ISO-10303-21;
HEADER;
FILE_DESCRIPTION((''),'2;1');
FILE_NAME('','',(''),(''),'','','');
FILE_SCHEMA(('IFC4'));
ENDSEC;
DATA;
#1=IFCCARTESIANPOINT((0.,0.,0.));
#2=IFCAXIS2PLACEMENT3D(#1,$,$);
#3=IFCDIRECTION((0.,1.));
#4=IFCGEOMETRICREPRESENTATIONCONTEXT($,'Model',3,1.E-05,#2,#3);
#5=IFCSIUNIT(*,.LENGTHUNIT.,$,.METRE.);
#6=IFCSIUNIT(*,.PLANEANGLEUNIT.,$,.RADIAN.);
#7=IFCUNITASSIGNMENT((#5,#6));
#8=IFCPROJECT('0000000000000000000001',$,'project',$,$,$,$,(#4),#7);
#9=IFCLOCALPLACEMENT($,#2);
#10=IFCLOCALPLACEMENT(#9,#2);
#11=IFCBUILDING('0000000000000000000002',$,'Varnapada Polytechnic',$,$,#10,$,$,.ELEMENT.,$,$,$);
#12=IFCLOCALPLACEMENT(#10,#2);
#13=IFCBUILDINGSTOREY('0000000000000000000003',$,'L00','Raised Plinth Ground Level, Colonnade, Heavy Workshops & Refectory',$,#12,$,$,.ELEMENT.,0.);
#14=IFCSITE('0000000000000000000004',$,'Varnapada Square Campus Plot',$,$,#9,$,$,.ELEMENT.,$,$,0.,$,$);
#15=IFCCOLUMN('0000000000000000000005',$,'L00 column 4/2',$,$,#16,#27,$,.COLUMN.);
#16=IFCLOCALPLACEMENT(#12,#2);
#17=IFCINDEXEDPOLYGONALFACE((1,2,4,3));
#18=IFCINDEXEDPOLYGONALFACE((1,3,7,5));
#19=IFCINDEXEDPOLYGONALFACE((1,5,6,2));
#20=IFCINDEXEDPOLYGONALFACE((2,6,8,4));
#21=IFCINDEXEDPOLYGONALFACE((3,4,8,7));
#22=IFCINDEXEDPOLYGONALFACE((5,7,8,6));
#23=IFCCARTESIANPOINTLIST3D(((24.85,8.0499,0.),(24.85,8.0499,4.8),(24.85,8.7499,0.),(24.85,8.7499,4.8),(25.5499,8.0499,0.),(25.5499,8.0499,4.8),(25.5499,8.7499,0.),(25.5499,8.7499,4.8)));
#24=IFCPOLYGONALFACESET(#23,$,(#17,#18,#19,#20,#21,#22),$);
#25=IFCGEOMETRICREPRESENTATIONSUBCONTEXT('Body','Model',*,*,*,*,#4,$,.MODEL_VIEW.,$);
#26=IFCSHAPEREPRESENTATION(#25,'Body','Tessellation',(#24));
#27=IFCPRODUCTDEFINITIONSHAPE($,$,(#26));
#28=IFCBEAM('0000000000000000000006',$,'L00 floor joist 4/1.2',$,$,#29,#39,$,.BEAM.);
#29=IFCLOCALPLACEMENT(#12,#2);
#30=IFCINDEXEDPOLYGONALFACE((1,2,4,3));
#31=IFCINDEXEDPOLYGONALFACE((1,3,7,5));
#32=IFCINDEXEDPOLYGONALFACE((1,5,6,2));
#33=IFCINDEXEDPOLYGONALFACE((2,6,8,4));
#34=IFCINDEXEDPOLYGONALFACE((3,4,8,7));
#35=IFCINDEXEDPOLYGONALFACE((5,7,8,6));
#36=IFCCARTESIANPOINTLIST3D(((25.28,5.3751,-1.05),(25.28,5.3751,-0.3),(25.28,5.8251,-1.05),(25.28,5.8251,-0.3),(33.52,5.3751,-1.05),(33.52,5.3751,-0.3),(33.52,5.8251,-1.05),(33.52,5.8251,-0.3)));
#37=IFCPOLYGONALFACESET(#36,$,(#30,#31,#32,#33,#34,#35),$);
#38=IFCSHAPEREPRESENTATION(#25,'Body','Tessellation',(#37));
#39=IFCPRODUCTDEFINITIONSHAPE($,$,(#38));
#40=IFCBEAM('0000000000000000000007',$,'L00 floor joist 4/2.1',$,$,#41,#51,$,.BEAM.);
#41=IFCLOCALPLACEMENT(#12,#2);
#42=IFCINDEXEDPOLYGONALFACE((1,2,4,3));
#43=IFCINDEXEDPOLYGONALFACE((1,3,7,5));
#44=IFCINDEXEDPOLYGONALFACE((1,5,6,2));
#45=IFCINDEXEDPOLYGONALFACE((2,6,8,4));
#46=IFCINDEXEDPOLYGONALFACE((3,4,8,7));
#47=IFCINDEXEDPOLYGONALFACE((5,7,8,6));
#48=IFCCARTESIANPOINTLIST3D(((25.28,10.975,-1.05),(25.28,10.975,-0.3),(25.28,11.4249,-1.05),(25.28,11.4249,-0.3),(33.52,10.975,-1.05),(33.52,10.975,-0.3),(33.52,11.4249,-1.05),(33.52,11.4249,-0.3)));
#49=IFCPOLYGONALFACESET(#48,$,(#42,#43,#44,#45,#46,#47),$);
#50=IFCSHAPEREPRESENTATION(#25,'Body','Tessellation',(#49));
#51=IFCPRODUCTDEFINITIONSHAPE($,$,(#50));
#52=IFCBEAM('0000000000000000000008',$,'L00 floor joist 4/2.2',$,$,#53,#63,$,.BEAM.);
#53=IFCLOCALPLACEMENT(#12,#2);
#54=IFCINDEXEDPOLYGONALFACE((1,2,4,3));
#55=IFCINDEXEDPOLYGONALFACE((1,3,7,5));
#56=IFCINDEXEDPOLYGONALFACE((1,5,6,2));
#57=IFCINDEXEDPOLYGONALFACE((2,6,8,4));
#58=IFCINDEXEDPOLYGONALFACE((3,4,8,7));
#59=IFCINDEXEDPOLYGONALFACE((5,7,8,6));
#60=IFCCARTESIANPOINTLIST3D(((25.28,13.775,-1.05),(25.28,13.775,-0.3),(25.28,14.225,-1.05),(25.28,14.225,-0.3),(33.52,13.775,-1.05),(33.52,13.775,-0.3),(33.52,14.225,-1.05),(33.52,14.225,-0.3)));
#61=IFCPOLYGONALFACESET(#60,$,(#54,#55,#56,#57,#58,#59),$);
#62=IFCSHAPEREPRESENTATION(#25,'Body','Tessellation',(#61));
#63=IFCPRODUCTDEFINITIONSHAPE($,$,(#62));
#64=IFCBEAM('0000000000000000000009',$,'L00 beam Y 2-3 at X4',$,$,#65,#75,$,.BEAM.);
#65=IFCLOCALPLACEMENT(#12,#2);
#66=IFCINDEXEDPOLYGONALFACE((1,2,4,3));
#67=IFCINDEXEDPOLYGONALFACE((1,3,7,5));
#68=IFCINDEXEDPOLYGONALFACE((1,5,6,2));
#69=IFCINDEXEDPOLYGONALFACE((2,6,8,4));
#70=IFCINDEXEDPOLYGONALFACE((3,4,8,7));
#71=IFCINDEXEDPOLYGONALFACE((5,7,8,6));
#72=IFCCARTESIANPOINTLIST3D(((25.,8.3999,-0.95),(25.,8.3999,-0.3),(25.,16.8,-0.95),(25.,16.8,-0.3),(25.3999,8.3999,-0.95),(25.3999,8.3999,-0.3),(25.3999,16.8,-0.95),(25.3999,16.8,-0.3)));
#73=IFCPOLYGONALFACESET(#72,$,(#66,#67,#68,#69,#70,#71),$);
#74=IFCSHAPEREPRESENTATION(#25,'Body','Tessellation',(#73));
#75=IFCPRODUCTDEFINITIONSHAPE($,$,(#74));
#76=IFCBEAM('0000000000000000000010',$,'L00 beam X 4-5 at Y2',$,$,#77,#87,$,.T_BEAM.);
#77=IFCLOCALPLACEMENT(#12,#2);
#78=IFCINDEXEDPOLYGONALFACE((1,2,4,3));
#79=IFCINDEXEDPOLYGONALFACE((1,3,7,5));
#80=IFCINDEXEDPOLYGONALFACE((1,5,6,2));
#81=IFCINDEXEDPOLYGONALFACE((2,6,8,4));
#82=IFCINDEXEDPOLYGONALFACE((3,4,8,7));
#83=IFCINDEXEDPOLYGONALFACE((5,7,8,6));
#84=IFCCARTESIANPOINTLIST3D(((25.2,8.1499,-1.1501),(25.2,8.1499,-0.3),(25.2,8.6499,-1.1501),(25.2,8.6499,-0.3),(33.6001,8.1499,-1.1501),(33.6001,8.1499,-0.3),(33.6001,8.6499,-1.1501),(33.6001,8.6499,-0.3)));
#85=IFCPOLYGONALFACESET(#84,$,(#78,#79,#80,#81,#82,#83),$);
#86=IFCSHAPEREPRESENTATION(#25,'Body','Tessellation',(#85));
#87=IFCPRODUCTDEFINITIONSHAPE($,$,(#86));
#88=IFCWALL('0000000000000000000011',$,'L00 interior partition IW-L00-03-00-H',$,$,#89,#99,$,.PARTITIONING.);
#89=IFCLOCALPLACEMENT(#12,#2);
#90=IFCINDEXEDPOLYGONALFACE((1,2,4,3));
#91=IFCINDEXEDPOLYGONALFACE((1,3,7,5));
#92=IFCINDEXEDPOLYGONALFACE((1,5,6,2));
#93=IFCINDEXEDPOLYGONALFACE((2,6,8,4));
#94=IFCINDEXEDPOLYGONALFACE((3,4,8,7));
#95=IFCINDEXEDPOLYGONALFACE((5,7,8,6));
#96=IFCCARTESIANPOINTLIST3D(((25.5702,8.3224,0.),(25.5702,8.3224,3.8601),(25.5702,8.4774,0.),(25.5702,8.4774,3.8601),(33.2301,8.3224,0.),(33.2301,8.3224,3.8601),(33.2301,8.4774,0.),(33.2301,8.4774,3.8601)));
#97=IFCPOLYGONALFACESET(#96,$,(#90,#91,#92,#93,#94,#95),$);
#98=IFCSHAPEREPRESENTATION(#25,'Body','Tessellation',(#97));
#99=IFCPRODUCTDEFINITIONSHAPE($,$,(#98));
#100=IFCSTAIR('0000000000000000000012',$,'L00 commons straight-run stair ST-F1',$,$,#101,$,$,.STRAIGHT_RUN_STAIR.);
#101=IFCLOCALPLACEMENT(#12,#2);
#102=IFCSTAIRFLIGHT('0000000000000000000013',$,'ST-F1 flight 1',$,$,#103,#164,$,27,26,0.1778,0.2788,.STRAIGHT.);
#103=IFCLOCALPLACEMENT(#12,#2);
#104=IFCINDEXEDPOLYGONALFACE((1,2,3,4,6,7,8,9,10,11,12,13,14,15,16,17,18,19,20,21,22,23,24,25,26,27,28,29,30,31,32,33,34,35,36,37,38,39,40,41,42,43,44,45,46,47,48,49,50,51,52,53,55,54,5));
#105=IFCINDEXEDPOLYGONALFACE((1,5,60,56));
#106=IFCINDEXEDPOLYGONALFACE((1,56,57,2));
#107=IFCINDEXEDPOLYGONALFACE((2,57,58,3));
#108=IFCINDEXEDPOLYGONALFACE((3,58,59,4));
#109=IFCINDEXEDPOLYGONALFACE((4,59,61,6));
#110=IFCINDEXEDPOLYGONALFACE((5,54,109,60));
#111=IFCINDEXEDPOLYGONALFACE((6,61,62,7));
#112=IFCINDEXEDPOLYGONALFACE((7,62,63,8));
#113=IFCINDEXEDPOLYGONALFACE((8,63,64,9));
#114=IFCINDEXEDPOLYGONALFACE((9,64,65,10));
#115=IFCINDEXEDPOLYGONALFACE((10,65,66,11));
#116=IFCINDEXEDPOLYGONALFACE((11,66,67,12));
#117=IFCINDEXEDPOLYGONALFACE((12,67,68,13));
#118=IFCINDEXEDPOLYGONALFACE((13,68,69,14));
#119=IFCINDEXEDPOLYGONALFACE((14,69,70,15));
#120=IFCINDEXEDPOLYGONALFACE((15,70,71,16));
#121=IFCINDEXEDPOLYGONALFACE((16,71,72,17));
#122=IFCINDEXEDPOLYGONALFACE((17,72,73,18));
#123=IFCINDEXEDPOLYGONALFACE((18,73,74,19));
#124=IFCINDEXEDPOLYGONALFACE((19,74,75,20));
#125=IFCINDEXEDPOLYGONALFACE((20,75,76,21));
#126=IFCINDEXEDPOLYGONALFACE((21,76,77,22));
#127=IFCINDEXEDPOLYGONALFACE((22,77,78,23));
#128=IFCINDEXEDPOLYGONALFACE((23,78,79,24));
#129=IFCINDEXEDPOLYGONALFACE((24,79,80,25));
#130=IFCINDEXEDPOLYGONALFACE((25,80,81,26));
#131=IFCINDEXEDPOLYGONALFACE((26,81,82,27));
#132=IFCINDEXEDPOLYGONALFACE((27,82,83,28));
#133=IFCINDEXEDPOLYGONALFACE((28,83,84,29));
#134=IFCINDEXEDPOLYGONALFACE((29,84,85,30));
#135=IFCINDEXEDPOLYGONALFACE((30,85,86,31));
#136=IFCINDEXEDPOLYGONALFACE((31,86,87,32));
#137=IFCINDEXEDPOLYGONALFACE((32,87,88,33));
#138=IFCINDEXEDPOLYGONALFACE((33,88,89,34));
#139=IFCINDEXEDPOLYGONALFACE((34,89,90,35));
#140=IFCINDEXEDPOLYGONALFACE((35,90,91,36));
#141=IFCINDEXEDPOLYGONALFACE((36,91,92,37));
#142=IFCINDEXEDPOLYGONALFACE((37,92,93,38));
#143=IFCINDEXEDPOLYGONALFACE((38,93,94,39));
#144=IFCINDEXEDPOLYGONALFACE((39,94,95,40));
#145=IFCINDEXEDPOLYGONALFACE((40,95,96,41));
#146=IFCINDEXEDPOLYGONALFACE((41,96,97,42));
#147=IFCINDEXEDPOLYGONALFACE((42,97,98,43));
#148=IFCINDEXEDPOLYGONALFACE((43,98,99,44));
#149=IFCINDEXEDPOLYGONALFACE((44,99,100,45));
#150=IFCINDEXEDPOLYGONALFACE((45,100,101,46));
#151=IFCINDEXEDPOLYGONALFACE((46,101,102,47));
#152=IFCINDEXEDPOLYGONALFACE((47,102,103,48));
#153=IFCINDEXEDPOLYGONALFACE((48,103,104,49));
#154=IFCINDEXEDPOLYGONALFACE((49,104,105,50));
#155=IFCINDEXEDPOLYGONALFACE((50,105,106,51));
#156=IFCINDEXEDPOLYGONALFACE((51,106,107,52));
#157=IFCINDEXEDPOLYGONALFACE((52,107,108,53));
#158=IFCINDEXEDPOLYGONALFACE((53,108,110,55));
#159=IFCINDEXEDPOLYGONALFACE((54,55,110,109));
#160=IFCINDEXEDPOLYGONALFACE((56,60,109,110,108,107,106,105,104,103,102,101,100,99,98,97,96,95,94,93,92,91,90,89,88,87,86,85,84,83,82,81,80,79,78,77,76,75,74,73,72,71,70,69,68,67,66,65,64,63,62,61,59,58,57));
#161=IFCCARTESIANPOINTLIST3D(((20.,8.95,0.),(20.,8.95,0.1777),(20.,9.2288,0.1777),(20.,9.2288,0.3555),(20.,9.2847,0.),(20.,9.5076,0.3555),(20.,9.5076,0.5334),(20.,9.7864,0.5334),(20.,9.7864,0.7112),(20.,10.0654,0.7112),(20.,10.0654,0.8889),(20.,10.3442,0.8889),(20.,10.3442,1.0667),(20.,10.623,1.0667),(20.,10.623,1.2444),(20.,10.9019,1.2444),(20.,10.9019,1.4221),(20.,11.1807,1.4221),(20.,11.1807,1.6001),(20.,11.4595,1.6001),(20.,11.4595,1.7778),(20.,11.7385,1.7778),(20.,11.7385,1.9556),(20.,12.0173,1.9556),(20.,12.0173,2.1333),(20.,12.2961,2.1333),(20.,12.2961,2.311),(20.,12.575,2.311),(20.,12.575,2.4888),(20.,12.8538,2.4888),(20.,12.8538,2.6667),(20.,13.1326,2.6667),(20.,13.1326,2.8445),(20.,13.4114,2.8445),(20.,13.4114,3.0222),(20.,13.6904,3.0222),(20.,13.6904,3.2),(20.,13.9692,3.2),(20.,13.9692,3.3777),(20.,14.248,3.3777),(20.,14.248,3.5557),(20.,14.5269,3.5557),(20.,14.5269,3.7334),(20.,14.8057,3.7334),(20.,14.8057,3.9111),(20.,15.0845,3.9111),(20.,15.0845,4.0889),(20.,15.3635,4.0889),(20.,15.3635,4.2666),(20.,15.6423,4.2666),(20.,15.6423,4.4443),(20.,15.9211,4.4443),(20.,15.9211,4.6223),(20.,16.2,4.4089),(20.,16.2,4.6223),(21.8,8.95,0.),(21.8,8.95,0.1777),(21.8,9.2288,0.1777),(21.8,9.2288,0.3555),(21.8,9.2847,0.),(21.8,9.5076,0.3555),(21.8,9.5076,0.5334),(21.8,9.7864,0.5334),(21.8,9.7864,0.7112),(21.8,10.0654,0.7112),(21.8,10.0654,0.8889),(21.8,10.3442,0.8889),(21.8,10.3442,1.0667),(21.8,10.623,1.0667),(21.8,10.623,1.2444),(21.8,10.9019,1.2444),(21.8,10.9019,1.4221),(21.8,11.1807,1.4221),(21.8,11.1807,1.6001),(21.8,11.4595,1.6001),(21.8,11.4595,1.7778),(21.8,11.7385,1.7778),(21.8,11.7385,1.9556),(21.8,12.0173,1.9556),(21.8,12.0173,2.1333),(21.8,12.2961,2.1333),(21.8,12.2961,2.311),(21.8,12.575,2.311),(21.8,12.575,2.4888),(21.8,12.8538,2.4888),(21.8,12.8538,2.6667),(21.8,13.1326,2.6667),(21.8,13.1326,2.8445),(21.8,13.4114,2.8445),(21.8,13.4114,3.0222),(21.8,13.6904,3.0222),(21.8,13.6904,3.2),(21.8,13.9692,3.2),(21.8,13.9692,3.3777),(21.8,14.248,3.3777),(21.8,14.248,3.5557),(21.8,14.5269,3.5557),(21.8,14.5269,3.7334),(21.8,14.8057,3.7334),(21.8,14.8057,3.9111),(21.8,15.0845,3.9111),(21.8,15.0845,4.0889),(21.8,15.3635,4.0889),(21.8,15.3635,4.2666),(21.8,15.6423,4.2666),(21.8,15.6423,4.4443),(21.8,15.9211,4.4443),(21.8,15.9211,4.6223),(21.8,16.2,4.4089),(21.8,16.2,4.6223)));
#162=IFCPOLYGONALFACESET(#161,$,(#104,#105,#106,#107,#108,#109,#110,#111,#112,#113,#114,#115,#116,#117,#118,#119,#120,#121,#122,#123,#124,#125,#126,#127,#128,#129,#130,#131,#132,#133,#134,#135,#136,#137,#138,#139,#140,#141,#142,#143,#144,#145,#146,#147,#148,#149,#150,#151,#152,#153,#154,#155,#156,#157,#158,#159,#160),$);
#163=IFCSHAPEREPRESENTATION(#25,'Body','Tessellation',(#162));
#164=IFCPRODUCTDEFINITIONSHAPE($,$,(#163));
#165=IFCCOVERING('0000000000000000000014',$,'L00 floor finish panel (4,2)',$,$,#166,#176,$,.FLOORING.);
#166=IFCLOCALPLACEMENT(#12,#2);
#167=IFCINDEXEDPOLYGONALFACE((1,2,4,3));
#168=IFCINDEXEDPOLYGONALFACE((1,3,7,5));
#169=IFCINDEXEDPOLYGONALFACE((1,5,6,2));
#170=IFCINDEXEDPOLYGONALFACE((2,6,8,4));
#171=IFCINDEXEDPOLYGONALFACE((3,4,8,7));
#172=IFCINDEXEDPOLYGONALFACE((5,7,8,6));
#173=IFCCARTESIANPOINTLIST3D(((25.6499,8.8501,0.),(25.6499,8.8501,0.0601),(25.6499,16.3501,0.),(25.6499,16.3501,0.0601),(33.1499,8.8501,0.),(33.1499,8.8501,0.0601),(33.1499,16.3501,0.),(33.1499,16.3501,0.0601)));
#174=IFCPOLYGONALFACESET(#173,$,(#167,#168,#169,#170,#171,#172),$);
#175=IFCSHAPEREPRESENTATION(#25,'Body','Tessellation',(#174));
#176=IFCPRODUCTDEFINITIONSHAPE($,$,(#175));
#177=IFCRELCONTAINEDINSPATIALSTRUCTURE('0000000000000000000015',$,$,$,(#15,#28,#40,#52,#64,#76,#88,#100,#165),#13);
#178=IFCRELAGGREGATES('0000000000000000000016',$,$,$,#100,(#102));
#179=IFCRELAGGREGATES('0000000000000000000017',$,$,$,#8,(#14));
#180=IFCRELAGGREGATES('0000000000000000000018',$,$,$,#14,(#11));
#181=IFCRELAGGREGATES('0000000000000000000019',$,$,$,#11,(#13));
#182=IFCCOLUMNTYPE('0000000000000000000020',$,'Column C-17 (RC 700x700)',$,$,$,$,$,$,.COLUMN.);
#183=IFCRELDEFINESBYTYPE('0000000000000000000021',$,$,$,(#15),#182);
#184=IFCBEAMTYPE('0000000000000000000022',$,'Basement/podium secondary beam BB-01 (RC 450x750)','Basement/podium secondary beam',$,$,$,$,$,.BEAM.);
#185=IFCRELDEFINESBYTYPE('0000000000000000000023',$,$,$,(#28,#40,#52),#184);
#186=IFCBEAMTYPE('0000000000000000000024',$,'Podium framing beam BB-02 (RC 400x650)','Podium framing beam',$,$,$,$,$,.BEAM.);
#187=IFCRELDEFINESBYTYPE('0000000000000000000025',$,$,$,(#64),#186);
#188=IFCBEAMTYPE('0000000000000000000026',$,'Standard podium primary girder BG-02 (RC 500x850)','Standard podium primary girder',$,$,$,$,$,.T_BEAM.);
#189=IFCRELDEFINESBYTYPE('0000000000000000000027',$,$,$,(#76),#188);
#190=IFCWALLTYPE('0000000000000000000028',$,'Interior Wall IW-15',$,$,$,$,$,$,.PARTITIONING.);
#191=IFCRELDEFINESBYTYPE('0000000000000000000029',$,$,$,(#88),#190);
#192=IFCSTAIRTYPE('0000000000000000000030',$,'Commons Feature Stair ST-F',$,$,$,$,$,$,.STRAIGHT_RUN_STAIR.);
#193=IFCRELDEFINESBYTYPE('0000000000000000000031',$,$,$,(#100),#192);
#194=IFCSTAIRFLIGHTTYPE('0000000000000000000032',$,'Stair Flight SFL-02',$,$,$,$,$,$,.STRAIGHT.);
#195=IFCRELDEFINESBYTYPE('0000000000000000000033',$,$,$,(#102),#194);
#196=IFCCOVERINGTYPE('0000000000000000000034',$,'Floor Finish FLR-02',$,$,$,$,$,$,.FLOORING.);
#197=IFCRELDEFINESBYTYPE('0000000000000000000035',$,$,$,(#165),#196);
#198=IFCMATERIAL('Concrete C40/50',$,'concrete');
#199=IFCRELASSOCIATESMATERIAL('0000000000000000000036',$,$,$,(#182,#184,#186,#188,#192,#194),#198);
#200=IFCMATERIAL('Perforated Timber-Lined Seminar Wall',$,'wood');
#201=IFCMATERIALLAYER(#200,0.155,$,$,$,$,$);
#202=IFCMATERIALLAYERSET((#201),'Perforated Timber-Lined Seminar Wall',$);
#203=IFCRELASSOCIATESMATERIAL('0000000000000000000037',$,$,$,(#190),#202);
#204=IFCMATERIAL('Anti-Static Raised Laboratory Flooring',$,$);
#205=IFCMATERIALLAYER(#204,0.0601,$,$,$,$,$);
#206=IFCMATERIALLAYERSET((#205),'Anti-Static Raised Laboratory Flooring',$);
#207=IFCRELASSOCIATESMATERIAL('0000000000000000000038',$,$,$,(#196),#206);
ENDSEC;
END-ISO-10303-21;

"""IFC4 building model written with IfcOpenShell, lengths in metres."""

from ifc_helpers import new_model, si_unit, direction, frame, frame_2d, origin, origin_2d, place, context, subcontext, project, spatial, polyline, rectangle, outline, extrude, material, layer, layer_set, material_profile, profile_set, type_object, element, aggregate, save


model = new_model("IFC4")

# Units and contexts
model_context = context("Model", 3, precision=1e-05, world=origin(), true_north=direction((0.0, 1.0)))
body_context = subcontext(model_context, "Body", "Model", "MODEL_VIEW")
ifc_project = project(units=[si_unit("LENGTHUNIT", "METRE"), si_unit("PLANEANGLEUNIT", "RADIAN")], contexts=[model_context])

# Site, building, storey
site_placement = place(None, origin())
site = spatial("IfcSite", under=ifc_project, at=site_placement, Name="Varnapada Square Campus Plot", CompositionType="ELEMENT", RefElevation=0.0)
building_placement = place(site_placement, origin())
building = spatial("IfcBuilding", under=site, at=building_placement, Name="Varnapada Polytechnic", CompositionType="ELEMENT")
storey_placement = place(building_placement, origin())
storey = spatial("IfcBuildingStorey", under=building, at=storey_placement, Name="L00", Description="Raised Plinth Ground Level, Colonnade, Heavy Workshops & Refectory", CompositionType="ELEMENT", Elevation=0.0)

# Column
ifc_material_1 = material(Name="Concrete C40/50", Category="concrete")
ifc_material_profile_1 = material_profile(ifc_material_1, rectangle(XDim=0.7, YDim=0.7, at=origin_2d()), Name="RC 700x700")
ifc_profile_set_1 = profile_set([ifc_material_profile_1], Name="Concrete C40/50")
column_type = type_object("IfcColumnType", Name="Column C-17 (RC 700x700)", PredefinedType="COLUMN", material=ifc_profile_set_1)
column_placement = place(storey_placement, frame((25.2, 8.3999, 0.0), z_axis=(0.0, 0.0, 1.0), x_axis=(1.0, 0.0, 0.0)))
element("IfcColumn", 1, at=column_placement, inside=storey, type_object=column_type, Name="L00 column 4/2", PredefinedType="COLUMN", context=body_context, shape_type="SweptSolid", body=[
    extrude(rectangle(XDim=0.7, YDim=0.7, at=origin_2d()), origin(), (0.0, 0.0, 1.0), 4.8),
])

# Beams
ifc_material_profile_2 = material_profile(ifc_material_1, rectangle(XDim=0.45, YDim=0.75, at=origin_2d()), Name="RC 450x750")
ifc_profile_set_2 = profile_set([ifc_material_profile_2], Name="Concrete C40/50")
beam_type_1 = type_object("IfcBeamType", Name="Basement/podium secondary beam BB-01 (RC 450x750)", Description="Basement/podium secondary beam", PredefinedType="BEAM", material=ifc_profile_set_2)
for number, where, z_axis, x_axis, name in (
    (2, (25.28, 5.6001, -0.675), (1.0, 0.0, 0.0), (0.0, 1.0, 0.0), "L00 floor joist 4/1.2"),
    (3, (25.28, 11.2, -0.675), (1.0, 0.0, 0.0), (0.0, 1.0, 0.0), "L00 floor joist 4/2.1"),
    (4, (25.28, 14.0, -0.675), (1.0, 0.0, 0.0), (0.0, 1.0, 0.0), "L00 floor joist 4/2.2"),
):
    element("IfcBeam", number, at=place(storey_placement, frame(where, z_axis=z_axis, x_axis=x_axis)), inside=storey, type_object=beam_type_1, Name=name, PredefinedType="BEAM", context=body_context, shape_type="SweptSolid", body=[
        extrude(rectangle(XDim=0.45, YDim=0.75, at=origin_2d()), origin(), (0.0, 0.0, 1.0), 8.24),
    ])
ifc_material_profile_3 = material_profile(ifc_material_1, rectangle(XDim=0.3999, YDim=0.6499, at=origin_2d()), Name="RC 400x650")
ifc_profile_set_3 = profile_set([ifc_material_profile_3], Name="Concrete C40/50")
beam_type_2 = type_object("IfcBeamType", Name="Podium framing beam BB-02 (RC 400x650)", Description="Podium framing beam", PredefinedType="BEAM", material=ifc_profile_set_3)
beam_1_placement = place(storey_placement, frame((25.2, 8.3999, -0.625), z_axis=(0.0, 1.0, 0.0), x_axis=(-1.0, 0.0, 0.0)))
element("IfcBeam", 5, at=beam_1_placement, inside=storey, type_object=beam_type_2, Name="L00 beam Y 2-3 at X4", PredefinedType="BEAM", context=body_context, shape_type="SweptSolid", body=[
    extrude(rectangle(XDim=0.3999, YDim=0.6499, at=origin_2d()), origin(), (0.0, 0.0, 1.0), 8.4001),
])
ifc_material_profile_4 = material_profile(ifc_material_1, rectangle(XDim=0.5, YDim=0.8501, at=origin_2d()), Name="RC 500x850")
ifc_profile_set_4 = profile_set([ifc_material_profile_4], Name="Concrete C40/50")
beam_type_3 = type_object("IfcBeamType", Name="Standard podium primary girder BG-02 (RC 500x850)", Description="Standard podium primary girder", PredefinedType="T_BEAM", material=ifc_profile_set_4)
beam_2_placement = place(storey_placement, frame((25.2, 8.3999, -0.7251), z_axis=(1.0, 0.0, 0.0), x_axis=(0.0, 1.0, 0.0)))
element("IfcBeam", 6, at=beam_2_placement, inside=storey, type_object=beam_type_3, Name="L00 beam X 4-5 at Y2", PredefinedType="T_BEAM", context=body_context, shape_type="SweptSolid", body=[
    extrude(rectangle(XDim=0.5, YDim=0.8501, at=origin_2d()), origin(), (0.0, 0.0, 1.0), 8.4001),
])

# Wall
ifc_material_2 = material(Name="Perforated Timber-Lined Seminar Wall", Category="wood")
ifc_layer_1 = layer(ifc_material_2, 0.155)
ifc_layer_set_1 = layer_set([ifc_layer_1], Name="Perforated Timber-Lined Seminar Wall")
wall_type = type_object("IfcWallType", Name="Interior Wall IW-15", PredefinedType="PARTITIONING", material=ifc_layer_set_1)
wall_placement = place(storey_placement, frame((25.5701, 8.3999, 0.0), z_axis=(0.0, 0.0, 1.0), x_axis=(1.0, 0.0, 0.0)))
element("IfcWall", 7, at=wall_placement, inside=storey, type_object=wall_type, Name="L00 interior partition IW-L00-03-00-H", PredefinedType="PARTITIONING", context=body_context, shape_type="SweptSolid", body=[
    extrude(rectangle(XDim=7.6599, YDim=0.155, at=frame_2d((3.8301, 0.0))), origin(), (0.0, 0.0, 1.0), 3.8601),
])

# Stair, stair flight
stair_type = type_object("IfcStairType", Name="Commons Feature Stair ST-F", PredefinedType="STRAIGHT_RUN_STAIR", material=ifc_material_1)
stair_placement = place(storey_placement, origin())
stair = element("IfcStair", 8, at=stair_placement, inside=storey, type_object=stair_type, Name="L00 commons straight-run stair ST-F1", PredefinedType="STRAIGHT_RUN_STAIR")
stair_flight_type = type_object("IfcStairFlightType", Name="Stair Flight SFL-02", PredefinedType="STRAIGHT", material=ifc_material_1)
stair_flight_placement = place(storey_placement, frame((20.8999, 8.95, 0.0), z_axis=(0.0, 0.0, 1.0), x_axis=(0.0, 1.0, 0.0)))
stair_flight = element("IfcStairFlight", 9, at=stair_flight_placement, type_object=stair_flight_type, Name="ST-F1 flight 1", NumberOfRisers=27, NumberOfTreads=26, PredefinedType="STRAIGHT", RiserHeight=0.1778, TreadLength=0.2788, context=body_context, shape_type="SweptSolid", body=[
    extrude(outline(polyline([(0.0, 0.0), (0.0, 0.1777), (0.2788, 0.1777), (0.2788, 0.3555), (0.5576, 0.3555), (0.5576, 0.5334), (0.8364, 0.5334), (0.8364, 0.7112), (1.1155, 0.7112), (1.1155, 0.8889), (1.3943, 0.8889), (1.3943, 1.0667), (1.6731, 1.0667), (1.6731, 1.2444), (1.9519, 1.2444), (1.9519, 1.4221), (2.2307, 1.4221), (2.2307, 1.6001), (2.5095, 1.6001), (2.5095, 1.7778), (2.7886, 1.7778), (2.7886, 1.9556), (3.0674, 1.9556), (3.0674, 2.1333), (3.3462, 2.1333), (3.3462, 2.311), (3.625, 2.311), (3.625, 2.4888), (3.9038, 2.4888), (3.9038, 2.6667), (4.1826, 2.6667), (4.1826, 2.8445), (4.4614, 2.8445), (4.4614, 3.0222), (4.7405, 3.0222), (4.7405, 3.2), (5.0193, 3.2), (5.0193, 3.3777), (5.2981, 3.3777), (5.2981, 3.5557), (5.5769, 3.5557), (5.5769, 3.7334), (5.8557, 3.7334), (5.8557, 3.9111), (6.1345, 3.9111), (6.1345, 4.0889), (6.4136, 4.0889), (6.4136, 4.2666), (6.6924, 4.2666), (6.6924, 4.4443), (6.9712, 4.4443), (6.9712, 4.6223), (7.25, 4.6223), (7.25, 4.8), (7.25, 4.4089), (0.3347, 0.0), (0.0, 0.0)])), frame((0.0, 0.8999, 0.0), z_axis=(0.0, -1.0, 0.0), x_axis=(1.0, 0.0, 0.0)), (0.0, 0.0, 1.0), 1.8),
])
aggregate(stair, [stair_flight])

# Covering
ifc_material_3 = material(Name="Anti-Static Raised Laboratory Flooring")
ifc_layer_2 = layer(ifc_material_3, 0.0601)
ifc_layer_set_2 = layer_set([ifc_layer_2], Name="Anti-Static Raised Laboratory Flooring")
covering_type_1 = type_object("IfcCoveringType", Name="Floor Finish FLR-02", PredefinedType="FLOORING", material=ifc_layer_set_2)
covering_1_placement = place(storey_placement, frame((29.3999, 12.6001, 0.0), z_axis=(0.0, 0.0, 1.0), x_axis=(1.0, 0.0, 0.0)))
element("IfcCovering", 10, at=covering_1_placement, inside=storey, type_object=covering_type_1, Name="L00 floor finish panel (4,2)", PredefinedType="FLOORING", context=body_context, shape_type="SweptSolid", body=[
    extrude(rectangle(XDim=7.5, YDim=7.5, at=origin_2d()), origin(), (0.0, 0.0, 1.0), 0.0601),
])

save(model, "model.ifc")
